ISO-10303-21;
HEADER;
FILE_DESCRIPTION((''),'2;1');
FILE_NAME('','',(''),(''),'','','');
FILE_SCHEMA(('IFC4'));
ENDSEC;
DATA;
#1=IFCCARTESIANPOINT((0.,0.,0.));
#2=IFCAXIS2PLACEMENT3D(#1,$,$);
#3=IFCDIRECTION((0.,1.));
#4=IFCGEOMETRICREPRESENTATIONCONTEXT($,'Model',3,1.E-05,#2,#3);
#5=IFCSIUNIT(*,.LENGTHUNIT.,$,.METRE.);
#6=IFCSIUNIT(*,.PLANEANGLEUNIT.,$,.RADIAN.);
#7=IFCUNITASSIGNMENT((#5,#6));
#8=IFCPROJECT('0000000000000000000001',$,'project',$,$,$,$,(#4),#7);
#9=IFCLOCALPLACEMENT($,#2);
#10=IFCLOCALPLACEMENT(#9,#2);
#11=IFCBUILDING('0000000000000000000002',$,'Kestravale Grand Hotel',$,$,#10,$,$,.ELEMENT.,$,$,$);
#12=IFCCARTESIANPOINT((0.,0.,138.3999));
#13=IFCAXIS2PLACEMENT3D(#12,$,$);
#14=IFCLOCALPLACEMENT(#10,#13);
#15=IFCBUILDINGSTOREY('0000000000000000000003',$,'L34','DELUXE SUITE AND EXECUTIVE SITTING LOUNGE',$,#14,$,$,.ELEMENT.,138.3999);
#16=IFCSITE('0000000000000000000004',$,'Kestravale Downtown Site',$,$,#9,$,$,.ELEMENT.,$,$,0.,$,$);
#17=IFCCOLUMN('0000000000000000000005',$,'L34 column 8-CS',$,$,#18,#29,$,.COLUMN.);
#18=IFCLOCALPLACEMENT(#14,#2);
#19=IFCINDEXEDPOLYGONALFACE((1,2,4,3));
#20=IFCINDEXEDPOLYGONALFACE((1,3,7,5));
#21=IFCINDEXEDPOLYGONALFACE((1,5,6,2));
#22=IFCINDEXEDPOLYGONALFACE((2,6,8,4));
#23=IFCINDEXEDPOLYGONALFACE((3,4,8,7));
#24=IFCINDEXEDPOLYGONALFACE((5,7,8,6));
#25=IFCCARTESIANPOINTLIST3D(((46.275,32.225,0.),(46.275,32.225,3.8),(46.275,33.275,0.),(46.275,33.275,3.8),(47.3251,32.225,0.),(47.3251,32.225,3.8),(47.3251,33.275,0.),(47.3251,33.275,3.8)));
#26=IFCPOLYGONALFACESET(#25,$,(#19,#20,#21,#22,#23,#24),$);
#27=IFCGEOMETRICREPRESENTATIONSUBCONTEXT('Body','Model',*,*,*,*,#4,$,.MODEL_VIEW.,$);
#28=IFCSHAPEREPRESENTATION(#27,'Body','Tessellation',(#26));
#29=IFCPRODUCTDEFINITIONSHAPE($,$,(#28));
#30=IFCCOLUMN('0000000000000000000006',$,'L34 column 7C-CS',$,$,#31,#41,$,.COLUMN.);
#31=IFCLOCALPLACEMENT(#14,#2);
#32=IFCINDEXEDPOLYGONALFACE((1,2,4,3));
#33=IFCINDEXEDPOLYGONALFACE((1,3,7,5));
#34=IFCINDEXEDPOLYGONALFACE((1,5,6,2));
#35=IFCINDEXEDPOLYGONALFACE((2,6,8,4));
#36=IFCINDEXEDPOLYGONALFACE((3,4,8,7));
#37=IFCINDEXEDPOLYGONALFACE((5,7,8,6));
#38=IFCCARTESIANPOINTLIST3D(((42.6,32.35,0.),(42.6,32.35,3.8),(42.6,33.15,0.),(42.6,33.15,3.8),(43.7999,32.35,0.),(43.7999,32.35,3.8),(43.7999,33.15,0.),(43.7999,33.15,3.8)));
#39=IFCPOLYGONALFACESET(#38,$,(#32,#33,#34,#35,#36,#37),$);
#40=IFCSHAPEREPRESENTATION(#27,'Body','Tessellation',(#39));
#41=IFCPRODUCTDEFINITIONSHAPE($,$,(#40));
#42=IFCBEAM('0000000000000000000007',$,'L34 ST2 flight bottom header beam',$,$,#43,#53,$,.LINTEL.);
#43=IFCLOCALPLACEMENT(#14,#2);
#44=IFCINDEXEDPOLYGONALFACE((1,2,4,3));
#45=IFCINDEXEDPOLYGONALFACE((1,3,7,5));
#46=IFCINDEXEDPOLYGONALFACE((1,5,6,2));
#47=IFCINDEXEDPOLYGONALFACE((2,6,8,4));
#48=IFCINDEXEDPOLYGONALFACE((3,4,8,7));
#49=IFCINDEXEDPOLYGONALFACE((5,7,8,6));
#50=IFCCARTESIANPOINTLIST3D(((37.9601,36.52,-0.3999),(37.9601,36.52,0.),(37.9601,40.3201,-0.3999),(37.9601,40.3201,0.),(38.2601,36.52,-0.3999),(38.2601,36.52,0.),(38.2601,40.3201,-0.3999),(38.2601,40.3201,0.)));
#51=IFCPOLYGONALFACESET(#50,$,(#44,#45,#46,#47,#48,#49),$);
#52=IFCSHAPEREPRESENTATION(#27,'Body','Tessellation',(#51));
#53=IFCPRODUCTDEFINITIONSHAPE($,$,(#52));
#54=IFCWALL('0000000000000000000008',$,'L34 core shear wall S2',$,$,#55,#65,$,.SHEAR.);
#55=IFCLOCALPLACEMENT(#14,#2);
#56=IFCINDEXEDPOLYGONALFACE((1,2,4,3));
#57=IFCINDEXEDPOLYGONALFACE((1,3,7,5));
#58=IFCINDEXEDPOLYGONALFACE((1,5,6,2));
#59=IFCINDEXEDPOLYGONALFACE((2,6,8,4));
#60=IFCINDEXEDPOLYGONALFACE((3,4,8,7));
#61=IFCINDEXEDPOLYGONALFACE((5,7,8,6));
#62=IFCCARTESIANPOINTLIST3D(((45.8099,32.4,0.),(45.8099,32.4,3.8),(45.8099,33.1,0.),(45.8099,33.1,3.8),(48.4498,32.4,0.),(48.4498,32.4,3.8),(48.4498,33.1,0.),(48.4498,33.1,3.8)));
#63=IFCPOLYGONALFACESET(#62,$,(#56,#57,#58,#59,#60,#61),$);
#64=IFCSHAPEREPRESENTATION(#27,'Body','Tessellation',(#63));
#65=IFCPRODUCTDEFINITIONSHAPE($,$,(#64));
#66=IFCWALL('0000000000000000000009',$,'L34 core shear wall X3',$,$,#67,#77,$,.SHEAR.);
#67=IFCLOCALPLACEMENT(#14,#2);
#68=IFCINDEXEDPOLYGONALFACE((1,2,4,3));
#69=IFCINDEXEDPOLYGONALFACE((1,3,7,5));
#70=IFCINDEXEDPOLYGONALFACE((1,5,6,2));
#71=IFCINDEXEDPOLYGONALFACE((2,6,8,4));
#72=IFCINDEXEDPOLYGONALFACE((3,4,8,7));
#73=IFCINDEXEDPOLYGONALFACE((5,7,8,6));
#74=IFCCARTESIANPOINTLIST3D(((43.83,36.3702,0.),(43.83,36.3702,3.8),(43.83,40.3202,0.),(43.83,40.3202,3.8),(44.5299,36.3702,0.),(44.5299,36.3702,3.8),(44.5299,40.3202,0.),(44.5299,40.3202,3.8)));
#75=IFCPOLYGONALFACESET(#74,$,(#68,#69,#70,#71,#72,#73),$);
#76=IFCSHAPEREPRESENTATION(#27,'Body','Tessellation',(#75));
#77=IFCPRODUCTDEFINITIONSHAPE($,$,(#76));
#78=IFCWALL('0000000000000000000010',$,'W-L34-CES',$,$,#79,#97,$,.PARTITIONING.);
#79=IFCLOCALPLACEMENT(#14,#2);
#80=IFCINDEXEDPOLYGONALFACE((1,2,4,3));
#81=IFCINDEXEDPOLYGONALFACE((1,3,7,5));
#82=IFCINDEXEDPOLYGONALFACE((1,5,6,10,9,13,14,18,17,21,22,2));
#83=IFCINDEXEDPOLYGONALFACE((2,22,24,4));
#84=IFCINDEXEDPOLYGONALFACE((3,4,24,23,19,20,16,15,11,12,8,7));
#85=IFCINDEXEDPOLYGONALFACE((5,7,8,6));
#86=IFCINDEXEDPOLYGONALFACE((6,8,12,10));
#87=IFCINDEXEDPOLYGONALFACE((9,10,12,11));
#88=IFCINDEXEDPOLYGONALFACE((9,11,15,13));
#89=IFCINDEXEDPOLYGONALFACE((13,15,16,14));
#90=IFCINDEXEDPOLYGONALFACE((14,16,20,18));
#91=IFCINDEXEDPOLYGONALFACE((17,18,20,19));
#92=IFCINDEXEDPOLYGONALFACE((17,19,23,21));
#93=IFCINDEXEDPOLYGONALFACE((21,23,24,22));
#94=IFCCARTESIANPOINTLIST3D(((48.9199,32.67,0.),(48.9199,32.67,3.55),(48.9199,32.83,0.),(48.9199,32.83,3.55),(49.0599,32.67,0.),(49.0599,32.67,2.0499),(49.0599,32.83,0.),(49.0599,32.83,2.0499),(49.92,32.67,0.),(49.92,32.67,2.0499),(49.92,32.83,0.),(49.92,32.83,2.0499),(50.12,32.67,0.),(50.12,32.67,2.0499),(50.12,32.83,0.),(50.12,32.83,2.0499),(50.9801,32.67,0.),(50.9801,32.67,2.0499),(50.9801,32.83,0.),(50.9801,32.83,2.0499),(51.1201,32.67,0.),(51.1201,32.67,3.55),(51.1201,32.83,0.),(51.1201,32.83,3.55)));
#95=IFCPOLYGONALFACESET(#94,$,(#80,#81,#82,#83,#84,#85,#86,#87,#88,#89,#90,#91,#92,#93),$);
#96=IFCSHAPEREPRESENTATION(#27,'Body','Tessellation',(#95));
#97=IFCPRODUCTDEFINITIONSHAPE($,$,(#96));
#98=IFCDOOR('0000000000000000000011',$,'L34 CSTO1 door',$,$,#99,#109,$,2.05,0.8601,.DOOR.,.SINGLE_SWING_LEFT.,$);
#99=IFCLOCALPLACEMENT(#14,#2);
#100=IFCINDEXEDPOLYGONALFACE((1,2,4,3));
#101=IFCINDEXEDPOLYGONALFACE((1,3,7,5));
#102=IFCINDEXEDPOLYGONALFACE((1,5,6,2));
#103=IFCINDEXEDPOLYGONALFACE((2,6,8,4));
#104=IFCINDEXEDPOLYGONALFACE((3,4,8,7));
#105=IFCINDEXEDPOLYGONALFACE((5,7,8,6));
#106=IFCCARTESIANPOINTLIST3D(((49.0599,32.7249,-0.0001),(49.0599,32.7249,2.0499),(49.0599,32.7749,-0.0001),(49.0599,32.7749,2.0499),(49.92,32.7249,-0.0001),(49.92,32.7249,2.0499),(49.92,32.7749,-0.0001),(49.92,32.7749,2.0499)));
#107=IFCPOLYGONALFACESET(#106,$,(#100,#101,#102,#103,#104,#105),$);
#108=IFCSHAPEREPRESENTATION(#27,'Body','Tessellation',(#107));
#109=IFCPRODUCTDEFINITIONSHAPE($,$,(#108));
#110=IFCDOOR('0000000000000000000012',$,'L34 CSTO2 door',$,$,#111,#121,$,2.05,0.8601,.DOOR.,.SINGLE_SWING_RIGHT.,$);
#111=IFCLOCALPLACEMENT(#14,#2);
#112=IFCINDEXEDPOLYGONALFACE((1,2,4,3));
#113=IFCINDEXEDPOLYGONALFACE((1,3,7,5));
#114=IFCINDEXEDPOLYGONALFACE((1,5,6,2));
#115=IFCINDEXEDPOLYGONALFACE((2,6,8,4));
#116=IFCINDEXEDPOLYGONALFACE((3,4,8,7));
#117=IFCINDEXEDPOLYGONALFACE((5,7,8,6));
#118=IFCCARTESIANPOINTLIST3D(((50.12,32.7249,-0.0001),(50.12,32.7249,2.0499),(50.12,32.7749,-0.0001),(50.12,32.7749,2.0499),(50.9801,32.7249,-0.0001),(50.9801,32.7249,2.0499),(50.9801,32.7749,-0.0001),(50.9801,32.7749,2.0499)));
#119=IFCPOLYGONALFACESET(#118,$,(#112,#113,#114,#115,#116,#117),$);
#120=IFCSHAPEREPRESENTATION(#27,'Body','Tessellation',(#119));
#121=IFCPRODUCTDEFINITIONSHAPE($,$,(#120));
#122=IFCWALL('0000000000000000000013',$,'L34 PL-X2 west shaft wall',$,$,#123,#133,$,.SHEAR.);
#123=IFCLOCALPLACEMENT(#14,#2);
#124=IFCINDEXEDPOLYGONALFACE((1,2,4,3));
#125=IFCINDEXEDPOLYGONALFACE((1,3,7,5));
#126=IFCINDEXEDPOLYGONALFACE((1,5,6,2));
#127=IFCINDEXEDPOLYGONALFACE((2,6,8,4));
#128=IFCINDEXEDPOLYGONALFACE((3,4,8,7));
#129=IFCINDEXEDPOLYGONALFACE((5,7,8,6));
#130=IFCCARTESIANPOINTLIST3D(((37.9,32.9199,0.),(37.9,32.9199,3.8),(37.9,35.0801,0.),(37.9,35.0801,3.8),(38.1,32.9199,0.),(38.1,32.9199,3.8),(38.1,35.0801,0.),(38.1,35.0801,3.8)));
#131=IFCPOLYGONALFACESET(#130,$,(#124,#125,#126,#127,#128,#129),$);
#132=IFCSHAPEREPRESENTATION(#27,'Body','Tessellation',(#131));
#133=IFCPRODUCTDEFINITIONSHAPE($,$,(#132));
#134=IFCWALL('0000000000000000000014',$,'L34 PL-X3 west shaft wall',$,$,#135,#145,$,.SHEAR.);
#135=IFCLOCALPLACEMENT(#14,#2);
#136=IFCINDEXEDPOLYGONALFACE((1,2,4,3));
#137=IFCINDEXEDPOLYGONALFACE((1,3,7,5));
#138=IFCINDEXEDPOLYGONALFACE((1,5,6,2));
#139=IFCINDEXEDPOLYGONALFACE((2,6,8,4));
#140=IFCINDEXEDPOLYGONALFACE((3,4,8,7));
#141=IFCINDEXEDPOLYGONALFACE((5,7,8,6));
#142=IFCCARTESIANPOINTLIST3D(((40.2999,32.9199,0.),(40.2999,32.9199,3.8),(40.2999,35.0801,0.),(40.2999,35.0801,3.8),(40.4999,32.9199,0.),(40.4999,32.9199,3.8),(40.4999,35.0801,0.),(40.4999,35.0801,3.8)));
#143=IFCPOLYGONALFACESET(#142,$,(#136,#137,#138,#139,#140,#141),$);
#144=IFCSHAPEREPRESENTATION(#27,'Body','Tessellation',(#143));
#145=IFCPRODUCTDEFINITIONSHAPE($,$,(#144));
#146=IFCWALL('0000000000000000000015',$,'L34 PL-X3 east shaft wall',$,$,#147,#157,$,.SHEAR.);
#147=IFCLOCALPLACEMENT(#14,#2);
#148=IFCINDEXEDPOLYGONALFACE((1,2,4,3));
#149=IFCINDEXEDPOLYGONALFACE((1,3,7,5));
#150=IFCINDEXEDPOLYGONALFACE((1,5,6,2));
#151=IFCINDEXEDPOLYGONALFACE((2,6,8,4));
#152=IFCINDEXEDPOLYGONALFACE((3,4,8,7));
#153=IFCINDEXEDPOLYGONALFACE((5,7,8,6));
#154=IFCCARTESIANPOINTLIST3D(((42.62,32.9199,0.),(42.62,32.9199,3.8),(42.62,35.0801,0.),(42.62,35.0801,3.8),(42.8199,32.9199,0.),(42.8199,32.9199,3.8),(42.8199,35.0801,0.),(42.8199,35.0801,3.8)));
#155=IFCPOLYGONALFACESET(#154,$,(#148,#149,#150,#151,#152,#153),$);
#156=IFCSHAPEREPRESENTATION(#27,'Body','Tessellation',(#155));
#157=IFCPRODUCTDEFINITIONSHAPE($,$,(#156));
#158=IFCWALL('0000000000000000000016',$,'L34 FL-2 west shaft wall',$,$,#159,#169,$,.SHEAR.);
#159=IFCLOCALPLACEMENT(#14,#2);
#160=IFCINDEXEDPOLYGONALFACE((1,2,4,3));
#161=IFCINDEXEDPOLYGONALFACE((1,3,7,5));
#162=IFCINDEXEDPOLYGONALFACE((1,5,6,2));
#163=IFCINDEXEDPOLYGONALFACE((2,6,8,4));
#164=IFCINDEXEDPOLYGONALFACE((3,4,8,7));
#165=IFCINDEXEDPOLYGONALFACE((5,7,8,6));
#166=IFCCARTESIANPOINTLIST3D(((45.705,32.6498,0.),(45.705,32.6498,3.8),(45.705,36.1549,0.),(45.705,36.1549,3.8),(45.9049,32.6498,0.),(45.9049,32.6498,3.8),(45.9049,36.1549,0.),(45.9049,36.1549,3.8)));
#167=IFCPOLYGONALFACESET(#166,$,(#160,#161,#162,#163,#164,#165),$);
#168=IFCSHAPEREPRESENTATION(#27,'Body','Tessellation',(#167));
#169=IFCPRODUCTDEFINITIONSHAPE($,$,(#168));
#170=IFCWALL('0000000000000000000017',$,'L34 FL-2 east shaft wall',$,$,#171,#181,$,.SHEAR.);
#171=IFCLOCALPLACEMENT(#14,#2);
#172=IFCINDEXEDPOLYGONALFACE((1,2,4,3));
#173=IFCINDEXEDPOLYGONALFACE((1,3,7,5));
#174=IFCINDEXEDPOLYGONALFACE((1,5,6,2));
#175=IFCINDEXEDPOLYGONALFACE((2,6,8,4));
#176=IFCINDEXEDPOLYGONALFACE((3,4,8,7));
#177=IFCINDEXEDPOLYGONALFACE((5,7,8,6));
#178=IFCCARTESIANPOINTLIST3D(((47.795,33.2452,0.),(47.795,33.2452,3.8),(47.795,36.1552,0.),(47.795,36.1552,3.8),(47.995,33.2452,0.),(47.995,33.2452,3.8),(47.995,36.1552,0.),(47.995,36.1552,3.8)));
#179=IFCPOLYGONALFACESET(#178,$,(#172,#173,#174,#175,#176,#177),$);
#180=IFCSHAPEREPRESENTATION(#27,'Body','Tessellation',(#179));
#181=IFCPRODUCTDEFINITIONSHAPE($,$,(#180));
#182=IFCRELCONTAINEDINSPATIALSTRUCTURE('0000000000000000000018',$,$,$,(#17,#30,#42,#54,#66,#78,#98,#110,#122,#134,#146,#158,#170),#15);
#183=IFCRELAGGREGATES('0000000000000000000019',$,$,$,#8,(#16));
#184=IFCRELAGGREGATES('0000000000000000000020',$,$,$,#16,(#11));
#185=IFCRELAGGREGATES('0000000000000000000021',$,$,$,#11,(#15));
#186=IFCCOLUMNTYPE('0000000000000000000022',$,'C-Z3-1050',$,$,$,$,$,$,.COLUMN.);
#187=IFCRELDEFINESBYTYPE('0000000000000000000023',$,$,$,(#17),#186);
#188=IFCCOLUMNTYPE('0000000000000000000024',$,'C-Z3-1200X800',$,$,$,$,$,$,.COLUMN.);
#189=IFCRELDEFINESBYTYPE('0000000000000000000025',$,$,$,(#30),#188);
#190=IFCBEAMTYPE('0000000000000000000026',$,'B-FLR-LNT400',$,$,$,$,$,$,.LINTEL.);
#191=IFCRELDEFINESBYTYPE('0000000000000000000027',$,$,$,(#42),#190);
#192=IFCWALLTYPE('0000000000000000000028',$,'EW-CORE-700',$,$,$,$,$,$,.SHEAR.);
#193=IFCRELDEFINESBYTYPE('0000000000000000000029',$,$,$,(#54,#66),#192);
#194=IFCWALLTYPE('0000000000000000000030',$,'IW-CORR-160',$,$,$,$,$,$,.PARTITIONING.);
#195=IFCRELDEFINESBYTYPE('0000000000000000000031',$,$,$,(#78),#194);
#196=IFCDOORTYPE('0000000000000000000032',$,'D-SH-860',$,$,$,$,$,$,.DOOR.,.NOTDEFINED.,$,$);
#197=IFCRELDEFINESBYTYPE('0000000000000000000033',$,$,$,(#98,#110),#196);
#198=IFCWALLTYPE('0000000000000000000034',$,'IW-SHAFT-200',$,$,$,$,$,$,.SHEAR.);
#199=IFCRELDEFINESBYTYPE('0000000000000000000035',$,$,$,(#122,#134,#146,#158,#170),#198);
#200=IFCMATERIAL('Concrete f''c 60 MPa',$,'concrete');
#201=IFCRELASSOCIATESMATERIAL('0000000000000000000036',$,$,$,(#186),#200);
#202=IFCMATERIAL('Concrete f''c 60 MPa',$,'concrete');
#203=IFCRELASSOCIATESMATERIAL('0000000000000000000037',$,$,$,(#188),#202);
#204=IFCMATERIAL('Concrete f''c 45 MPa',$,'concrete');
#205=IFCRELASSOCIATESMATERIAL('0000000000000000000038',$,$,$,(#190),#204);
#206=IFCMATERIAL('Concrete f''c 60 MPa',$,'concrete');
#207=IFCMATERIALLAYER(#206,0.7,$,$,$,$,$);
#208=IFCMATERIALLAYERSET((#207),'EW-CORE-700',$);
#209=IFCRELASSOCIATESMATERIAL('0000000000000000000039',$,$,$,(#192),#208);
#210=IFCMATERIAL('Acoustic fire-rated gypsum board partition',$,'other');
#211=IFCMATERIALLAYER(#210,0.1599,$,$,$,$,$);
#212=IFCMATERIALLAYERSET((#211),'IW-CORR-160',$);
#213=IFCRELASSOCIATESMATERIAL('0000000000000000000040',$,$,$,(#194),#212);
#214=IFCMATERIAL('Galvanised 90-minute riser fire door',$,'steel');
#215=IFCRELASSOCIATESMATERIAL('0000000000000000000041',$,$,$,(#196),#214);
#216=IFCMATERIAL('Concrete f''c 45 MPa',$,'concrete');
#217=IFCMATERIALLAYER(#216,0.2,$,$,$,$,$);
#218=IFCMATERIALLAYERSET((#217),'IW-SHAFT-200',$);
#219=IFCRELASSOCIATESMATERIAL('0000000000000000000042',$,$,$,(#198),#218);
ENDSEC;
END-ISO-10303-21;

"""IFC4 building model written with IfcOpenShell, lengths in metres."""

from ifc_helpers import new_model, si_unit, direction, frame, frame_2d, origin, origin_2d, place, context, subcontext, project, spatial, rectangle, extrude, material, layer, layer_set, material_profile, profile_set, type_object, element, fill, save


model = new_model("IFC4")

# Units and contexts
model_context = context("Model", 3, precision=1e-05, world=origin(), true_north=direction((0.0, 1.0)))
body_context = subcontext(model_context, "Body", "Model", "MODEL_VIEW")
ifc_project = project(units=[si_unit("LENGTHUNIT", "METRE"), si_unit("PLANEANGLEUNIT", "RADIAN")], contexts=[model_context])

# Site, building, storey
site_placement = place(None, origin())
site = spatial("IfcSite", under=ifc_project, at=site_placement, Name="Kestravale Downtown Site", CompositionType="ELEMENT", RefElevation=0.0)
building_placement = place(site_placement, origin())
building = spatial("IfcBuilding", under=site, at=building_placement, Name="Kestravale Grand Hotel", CompositionType="ELEMENT")
storey_placement = place(building_placement, frame((0.0, 0.0, 138.3999)))
storey = spatial("IfcBuildingStorey", under=building, at=storey_placement, Name="L34", Description="DELUXE SUITE AND EXECUTIVE SITTING LOUNGE", CompositionType="ELEMENT", Elevation=138.3999)

# Columns
ifc_material_1 = material(Name="Concrete f'c 60 MPa", Category="concrete")
ifc_material_profile_1 = material_profile(ifc_material_1, rectangle(XDim=1.05, YDim=1.05, at=origin_2d()))
ifc_profile_set_1 = profile_set([ifc_material_profile_1], Name="Concrete f'c 60 MPa")
column_type_1 = type_object("IfcColumnType", Name="C-Z3-1050", PredefinedType="COLUMN", material=ifc_profile_set_1)
column_1_placement = place(storey_placement, frame((46.8, 32.75, 0.0), z_axis=(0.0, 0.0, 1.0), x_axis=(1.0, 0.0, 0.0)))
element("IfcColumn", 1, at=column_1_placement, inside=storey, type_object=column_type_1, Name="L34 column 8-CS", PredefinedType="COLUMN", context=body_context, shape_type="SweptSolid", body=[
    extrude(rectangle(XDim=1.05, YDim=1.05, at=origin_2d()), origin(), (0.0, 0.0, 1.0), 3.8),
])
ifc_material_2 = material(Name="Concrete f'c 60 MPa", Category="concrete")
ifc_material_profile_2 = material_profile(ifc_material_2, rectangle(XDim=1.2, YDim=0.8, at=origin_2d()))
ifc_profile_set_2 = profile_set([ifc_material_profile_2], Name="Concrete f'c 60 MPa")
column_type_2 = type_object("IfcColumnType", Name="C-Z3-1200X800", PredefinedType="COLUMN", material=ifc_profile_set_2)
column_2_placement = place(storey_placement, frame((43.2, 32.75, 0.0), z_axis=(0.0, 0.0, 1.0), x_axis=(1.0, 0.0, 0.0)))
element("IfcColumn", 2, at=column_2_placement, inside=storey, type_object=column_type_2, Name="L34 column 7C-CS", PredefinedType="COLUMN", context=body_context, shape_type="SweptSolid", body=[
    extrude(rectangle(XDim=1.2, YDim=0.8, at=origin_2d()), origin(), (0.0, 0.0, 1.0), 3.8),
])

# Beam
ifc_material_3 = material(Name="Concrete f'c 45 MPa", Category="concrete")
ifc_material_profile_3 = material_profile(ifc_material_3, rectangle(XDim=0.3, YDim=0.3999, at=origin_2d()))
ifc_profile_set_3 = profile_set([ifc_material_profile_3], Name="Concrete f'c 45 MPa")
beam_type = type_object("IfcBeamType", Name="B-FLR-LNT400", PredefinedType="LINTEL", material=ifc_profile_set_3)
beam_placement = place(storey_placement, frame((38.1101, 36.52, -0.2), z_axis=(0.0, 1.0, 0.0), x_axis=(-1.0, 0.0, 0.0)))
element("IfcBeam", 3, at=beam_placement, inside=storey, type_object=beam_type, Name="L34 ST2 flight bottom header beam", PredefinedType="LINTEL", context=body_context, shape_type="SweptSolid", body=[
    extrude(rectangle(XDim=0.3, YDim=0.3999, at=origin_2d()), origin(), (0.0, 0.0, 1.0), 3.8),
])

# Walls
ifc_material_4 = material(Name="Concrete f'c 60 MPa", Category="concrete")
ifc_layer_1 = layer(ifc_material_4, 0.7)
ifc_layer_set_1 = layer_set([ifc_layer_1], Name="EW-CORE-700")
wall_type_1 = type_object("IfcWallType", Name="EW-CORE-700", PredefinedType="SHEAR", material=ifc_layer_set_1)
wall_1_placement = place(storey_placement, frame((45.8101, 32.75, 0.0), z_axis=(0.0, 0.0, 1.0), x_axis=(1.0, 0.0, 0.0)))
element("IfcWall", 4, at=wall_1_placement, inside=storey, type_object=wall_type_1, Name="L34 core shear wall S2", PredefinedType="SHEAR", context=body_context, shape_type="SweptSolid", body=[
    extrude(rectangle(XDim=2.6399, YDim=0.7, at=frame_2d((1.3198, 0.0))), origin(), (0.0, 0.0, 1.0), 3.8),
])
wall_2_placement = place(storey_placement, frame((44.1799, 36.3701, 0.0), z_axis=(0.0, 0.0, 1.0), x_axis=(0.0, 1.0, 0.0)))
element("IfcWall", 5, at=wall_2_placement, inside=storey, type_object=wall_type_1, Name="L34 core shear wall X3", PredefinedType="SHEAR", context=body_context, shape_type="SweptSolid", body=[
    extrude(rectangle(XDim=3.95, YDim=0.7, at=frame_2d((1.9751, 0.0))), origin(), (0.0, 0.0, 1.0), 3.8),
])

# Wall, openings, doors
ifc_material_5 = material(Name="Acoustic fire-rated gypsum board partition", Category="other")
ifc_layer_2 = layer(ifc_material_5, 0.1599)
ifc_layer_set_2 = layer_set([ifc_layer_2], Name="IW-CORR-160")
wall_type_2 = type_object("IfcWallType", Name="IW-CORR-160", PredefinedType="PARTITIONING", material=ifc_layer_set_2)
wall_3_placement = place(storey_placement, frame((48.9199, 32.75, 0.0), z_axis=(0.0, 0.0, 1.0), x_axis=(1.0, 0.0, 0.0)))
wall_3 = element("IfcWall", 6, at=wall_3_placement, inside=storey, type_object=wall_type_2, Name="W-L34-CES", PredefinedType="PARTITIONING", context=body_context, shape_type="SweptSolid", body=[
    extrude(rectangle(XDim=2.2002, YDim=0.1599, at=frame_2d((1.1001, 0.0))), origin(), (0.0, 0.0, 1.0), 3.55),
])
opening_1_placement = place(wall_3_placement, frame((0.1399, 0.0, 0.0)))
opening_1 = element("IfcOpeningElement", 7, at=opening_1_placement, cuts=wall_3, PredefinedType="OPENING", context=body_context, shape_type="SweptSolid", body=[
    extrude(rectangle(XDim=0.8601, YDim=2.05, at=frame_2d((0.4302, 1.0249))), frame((0.0, 0.0898, 0.0), z_axis=(0.0, -1.0, 0.0), x_axis=(1.0, 0.0, 0.0)), (0.0, 0.0, 1.0), 0.1799),
])
opening_2_placement = place(wall_3_placement, frame((1.2, 0.0, 0.0)))
opening_2 = element("IfcOpeningElement", 8, at=opening_2_placement, cuts=wall_3, PredefinedType="OPENING", context=body_context, shape_type="SweptSolid", body=[
    extrude(rectangle(XDim=0.8601, YDim=2.05, at=frame_2d((0.4302, 1.0249))), frame((0.0, 0.0898, 0.0), z_axis=(0.0, -1.0, 0.0), x_axis=(1.0, 0.0, 0.0)), (0.0, 0.0, 1.0), 0.1799),
])
ifc_material_6 = material(Name="Galvanised 90-minute riser fire door", Category="steel")
door_type_1 = type_object("IfcDoorType", Name="D-SH-860", OperationType="NOTDEFINED", PredefinedType="DOOR", material=ifc_material_6)
door_1_placement = place(opening_1_placement, origin())
door_1 = element("IfcDoor", 9, at=door_1_placement, inside=storey, type_object=door_type_1, Name="L34 CSTO1 door", OperationType="SINGLE_SWING_LEFT", OverallHeight=2.05, OverallWidth=0.8601, PredefinedType="DOOR", context=body_context, shape_type="SweptSolid", body=[
    extrude(rectangle(XDim=0.8601, YDim=2.05, at=frame_2d((0.4302, 1.0249))), frame((0.0, 0.0249, 0.0), z_axis=(0.0, -1.0, 0.0), x_axis=(1.0, 0.0, 0.0)), (0.0, 0.0, 1.0), 0.05),
])
fill(opening_1, door_1)
door_2_placement = place(opening_2_placement, origin())
door_2 = element("IfcDoor", 10, at=door_2_placement, inside=storey, type_object=door_type_1, Name="L34 CSTO2 door", OperationType="SINGLE_SWING_RIGHT", OverallHeight=2.05, OverallWidth=0.8601, PredefinedType="DOOR", context=body_context, shape_type="SweptSolid", body=[
    extrude(rectangle(XDim=0.8601, YDim=2.05, at=frame_2d((0.4302, 1.0249))), frame((0.0, 0.0249, 0.0), z_axis=(0.0, -1.0, 0.0), x_axis=(1.0, 0.0, 0.0)), (0.0, 0.0, 1.0), 0.05),
])
fill(opening_2, door_2)

# Walls
ifc_material_7 = material(Name="Concrete f'c 45 MPa", Category="concrete")
ifc_layer_3 = layer(ifc_material_7, 0.2)
ifc_layer_set_3 = layer_set([ifc_layer_3], Name="IW-SHAFT-200")
wall_type_3 = type_object("IfcWallType", Name="IW-SHAFT-200", PredefinedType="SHEAR", material=ifc_layer_set_3)
for number, where, z_axis, x_axis, name in (
    (11, (38.0, 32.9199, 0.0), (0.0, 0.0, 1.0), (0.0, 1.0, 0.0), "L34 PL-X2 west shaft wall"),
    (12, (40.3999, 32.9199, 0.0), (0.0, 0.0, 1.0), (0.0, 1.0, 0.0), "L34 PL-X3 west shaft wall"),
    (13, (42.72, 32.9199, 0.0), (0.0, 0.0, 1.0), (0.0, 1.0, 0.0), "L34 PL-X3 east shaft wall"),
):
    element("IfcWall", number, at=place(storey_placement, frame(where, z_axis=z_axis, x_axis=x_axis)), inside=storey, type_object=wall_type_3, Name=name, PredefinedType="SHEAR", context=body_context, shape_type="SweptSolid", body=[
        extrude(rectangle(XDim=2.1602, YDim=0.2, at=frame_2d((1.0801, 0.0))), origin(), (0.0, 0.0, 1.0), 3.8),
    ])
wall_4_placement = place(storey_placement, frame((45.8049, 32.6499, 0.0), z_axis=(0.0, 0.0, 1.0), x_axis=(0.0, 1.0, 0.0)))
element("IfcWall", 14, at=wall_4_placement, inside=storey, type_object=wall_type_3, Name="L34 FL-2 west shaft wall", PredefinedType="SHEAR", context=body_context, shape_type="SweptSolid", body=[
    extrude(rectangle(XDim=3.5051, YDim=0.2, at=frame_2d((1.7524, 0.0))), origin(), (0.0, 0.0, 1.0), 3.8),
])
wall_5_placement = place(storey_placement, frame((47.895, 33.2451, 0.0), z_axis=(0.0, 0.0, 1.0), x_axis=(0.0, 1.0, 0.0)))
element("IfcWall", 15, at=wall_5_placement, inside=storey, type_object=wall_type_3, Name="L34 FL-2 east shaft wall", PredefinedType="SHEAR", context=body_context, shape_type="SweptSolid", body=[
    extrude(rectangle(XDim=2.9099, YDim=0.2, at=frame_2d((1.4551, 0.0))), origin(), (0.0, 0.0, 1.0), 3.8),
])

save(model, "model.ifc")
